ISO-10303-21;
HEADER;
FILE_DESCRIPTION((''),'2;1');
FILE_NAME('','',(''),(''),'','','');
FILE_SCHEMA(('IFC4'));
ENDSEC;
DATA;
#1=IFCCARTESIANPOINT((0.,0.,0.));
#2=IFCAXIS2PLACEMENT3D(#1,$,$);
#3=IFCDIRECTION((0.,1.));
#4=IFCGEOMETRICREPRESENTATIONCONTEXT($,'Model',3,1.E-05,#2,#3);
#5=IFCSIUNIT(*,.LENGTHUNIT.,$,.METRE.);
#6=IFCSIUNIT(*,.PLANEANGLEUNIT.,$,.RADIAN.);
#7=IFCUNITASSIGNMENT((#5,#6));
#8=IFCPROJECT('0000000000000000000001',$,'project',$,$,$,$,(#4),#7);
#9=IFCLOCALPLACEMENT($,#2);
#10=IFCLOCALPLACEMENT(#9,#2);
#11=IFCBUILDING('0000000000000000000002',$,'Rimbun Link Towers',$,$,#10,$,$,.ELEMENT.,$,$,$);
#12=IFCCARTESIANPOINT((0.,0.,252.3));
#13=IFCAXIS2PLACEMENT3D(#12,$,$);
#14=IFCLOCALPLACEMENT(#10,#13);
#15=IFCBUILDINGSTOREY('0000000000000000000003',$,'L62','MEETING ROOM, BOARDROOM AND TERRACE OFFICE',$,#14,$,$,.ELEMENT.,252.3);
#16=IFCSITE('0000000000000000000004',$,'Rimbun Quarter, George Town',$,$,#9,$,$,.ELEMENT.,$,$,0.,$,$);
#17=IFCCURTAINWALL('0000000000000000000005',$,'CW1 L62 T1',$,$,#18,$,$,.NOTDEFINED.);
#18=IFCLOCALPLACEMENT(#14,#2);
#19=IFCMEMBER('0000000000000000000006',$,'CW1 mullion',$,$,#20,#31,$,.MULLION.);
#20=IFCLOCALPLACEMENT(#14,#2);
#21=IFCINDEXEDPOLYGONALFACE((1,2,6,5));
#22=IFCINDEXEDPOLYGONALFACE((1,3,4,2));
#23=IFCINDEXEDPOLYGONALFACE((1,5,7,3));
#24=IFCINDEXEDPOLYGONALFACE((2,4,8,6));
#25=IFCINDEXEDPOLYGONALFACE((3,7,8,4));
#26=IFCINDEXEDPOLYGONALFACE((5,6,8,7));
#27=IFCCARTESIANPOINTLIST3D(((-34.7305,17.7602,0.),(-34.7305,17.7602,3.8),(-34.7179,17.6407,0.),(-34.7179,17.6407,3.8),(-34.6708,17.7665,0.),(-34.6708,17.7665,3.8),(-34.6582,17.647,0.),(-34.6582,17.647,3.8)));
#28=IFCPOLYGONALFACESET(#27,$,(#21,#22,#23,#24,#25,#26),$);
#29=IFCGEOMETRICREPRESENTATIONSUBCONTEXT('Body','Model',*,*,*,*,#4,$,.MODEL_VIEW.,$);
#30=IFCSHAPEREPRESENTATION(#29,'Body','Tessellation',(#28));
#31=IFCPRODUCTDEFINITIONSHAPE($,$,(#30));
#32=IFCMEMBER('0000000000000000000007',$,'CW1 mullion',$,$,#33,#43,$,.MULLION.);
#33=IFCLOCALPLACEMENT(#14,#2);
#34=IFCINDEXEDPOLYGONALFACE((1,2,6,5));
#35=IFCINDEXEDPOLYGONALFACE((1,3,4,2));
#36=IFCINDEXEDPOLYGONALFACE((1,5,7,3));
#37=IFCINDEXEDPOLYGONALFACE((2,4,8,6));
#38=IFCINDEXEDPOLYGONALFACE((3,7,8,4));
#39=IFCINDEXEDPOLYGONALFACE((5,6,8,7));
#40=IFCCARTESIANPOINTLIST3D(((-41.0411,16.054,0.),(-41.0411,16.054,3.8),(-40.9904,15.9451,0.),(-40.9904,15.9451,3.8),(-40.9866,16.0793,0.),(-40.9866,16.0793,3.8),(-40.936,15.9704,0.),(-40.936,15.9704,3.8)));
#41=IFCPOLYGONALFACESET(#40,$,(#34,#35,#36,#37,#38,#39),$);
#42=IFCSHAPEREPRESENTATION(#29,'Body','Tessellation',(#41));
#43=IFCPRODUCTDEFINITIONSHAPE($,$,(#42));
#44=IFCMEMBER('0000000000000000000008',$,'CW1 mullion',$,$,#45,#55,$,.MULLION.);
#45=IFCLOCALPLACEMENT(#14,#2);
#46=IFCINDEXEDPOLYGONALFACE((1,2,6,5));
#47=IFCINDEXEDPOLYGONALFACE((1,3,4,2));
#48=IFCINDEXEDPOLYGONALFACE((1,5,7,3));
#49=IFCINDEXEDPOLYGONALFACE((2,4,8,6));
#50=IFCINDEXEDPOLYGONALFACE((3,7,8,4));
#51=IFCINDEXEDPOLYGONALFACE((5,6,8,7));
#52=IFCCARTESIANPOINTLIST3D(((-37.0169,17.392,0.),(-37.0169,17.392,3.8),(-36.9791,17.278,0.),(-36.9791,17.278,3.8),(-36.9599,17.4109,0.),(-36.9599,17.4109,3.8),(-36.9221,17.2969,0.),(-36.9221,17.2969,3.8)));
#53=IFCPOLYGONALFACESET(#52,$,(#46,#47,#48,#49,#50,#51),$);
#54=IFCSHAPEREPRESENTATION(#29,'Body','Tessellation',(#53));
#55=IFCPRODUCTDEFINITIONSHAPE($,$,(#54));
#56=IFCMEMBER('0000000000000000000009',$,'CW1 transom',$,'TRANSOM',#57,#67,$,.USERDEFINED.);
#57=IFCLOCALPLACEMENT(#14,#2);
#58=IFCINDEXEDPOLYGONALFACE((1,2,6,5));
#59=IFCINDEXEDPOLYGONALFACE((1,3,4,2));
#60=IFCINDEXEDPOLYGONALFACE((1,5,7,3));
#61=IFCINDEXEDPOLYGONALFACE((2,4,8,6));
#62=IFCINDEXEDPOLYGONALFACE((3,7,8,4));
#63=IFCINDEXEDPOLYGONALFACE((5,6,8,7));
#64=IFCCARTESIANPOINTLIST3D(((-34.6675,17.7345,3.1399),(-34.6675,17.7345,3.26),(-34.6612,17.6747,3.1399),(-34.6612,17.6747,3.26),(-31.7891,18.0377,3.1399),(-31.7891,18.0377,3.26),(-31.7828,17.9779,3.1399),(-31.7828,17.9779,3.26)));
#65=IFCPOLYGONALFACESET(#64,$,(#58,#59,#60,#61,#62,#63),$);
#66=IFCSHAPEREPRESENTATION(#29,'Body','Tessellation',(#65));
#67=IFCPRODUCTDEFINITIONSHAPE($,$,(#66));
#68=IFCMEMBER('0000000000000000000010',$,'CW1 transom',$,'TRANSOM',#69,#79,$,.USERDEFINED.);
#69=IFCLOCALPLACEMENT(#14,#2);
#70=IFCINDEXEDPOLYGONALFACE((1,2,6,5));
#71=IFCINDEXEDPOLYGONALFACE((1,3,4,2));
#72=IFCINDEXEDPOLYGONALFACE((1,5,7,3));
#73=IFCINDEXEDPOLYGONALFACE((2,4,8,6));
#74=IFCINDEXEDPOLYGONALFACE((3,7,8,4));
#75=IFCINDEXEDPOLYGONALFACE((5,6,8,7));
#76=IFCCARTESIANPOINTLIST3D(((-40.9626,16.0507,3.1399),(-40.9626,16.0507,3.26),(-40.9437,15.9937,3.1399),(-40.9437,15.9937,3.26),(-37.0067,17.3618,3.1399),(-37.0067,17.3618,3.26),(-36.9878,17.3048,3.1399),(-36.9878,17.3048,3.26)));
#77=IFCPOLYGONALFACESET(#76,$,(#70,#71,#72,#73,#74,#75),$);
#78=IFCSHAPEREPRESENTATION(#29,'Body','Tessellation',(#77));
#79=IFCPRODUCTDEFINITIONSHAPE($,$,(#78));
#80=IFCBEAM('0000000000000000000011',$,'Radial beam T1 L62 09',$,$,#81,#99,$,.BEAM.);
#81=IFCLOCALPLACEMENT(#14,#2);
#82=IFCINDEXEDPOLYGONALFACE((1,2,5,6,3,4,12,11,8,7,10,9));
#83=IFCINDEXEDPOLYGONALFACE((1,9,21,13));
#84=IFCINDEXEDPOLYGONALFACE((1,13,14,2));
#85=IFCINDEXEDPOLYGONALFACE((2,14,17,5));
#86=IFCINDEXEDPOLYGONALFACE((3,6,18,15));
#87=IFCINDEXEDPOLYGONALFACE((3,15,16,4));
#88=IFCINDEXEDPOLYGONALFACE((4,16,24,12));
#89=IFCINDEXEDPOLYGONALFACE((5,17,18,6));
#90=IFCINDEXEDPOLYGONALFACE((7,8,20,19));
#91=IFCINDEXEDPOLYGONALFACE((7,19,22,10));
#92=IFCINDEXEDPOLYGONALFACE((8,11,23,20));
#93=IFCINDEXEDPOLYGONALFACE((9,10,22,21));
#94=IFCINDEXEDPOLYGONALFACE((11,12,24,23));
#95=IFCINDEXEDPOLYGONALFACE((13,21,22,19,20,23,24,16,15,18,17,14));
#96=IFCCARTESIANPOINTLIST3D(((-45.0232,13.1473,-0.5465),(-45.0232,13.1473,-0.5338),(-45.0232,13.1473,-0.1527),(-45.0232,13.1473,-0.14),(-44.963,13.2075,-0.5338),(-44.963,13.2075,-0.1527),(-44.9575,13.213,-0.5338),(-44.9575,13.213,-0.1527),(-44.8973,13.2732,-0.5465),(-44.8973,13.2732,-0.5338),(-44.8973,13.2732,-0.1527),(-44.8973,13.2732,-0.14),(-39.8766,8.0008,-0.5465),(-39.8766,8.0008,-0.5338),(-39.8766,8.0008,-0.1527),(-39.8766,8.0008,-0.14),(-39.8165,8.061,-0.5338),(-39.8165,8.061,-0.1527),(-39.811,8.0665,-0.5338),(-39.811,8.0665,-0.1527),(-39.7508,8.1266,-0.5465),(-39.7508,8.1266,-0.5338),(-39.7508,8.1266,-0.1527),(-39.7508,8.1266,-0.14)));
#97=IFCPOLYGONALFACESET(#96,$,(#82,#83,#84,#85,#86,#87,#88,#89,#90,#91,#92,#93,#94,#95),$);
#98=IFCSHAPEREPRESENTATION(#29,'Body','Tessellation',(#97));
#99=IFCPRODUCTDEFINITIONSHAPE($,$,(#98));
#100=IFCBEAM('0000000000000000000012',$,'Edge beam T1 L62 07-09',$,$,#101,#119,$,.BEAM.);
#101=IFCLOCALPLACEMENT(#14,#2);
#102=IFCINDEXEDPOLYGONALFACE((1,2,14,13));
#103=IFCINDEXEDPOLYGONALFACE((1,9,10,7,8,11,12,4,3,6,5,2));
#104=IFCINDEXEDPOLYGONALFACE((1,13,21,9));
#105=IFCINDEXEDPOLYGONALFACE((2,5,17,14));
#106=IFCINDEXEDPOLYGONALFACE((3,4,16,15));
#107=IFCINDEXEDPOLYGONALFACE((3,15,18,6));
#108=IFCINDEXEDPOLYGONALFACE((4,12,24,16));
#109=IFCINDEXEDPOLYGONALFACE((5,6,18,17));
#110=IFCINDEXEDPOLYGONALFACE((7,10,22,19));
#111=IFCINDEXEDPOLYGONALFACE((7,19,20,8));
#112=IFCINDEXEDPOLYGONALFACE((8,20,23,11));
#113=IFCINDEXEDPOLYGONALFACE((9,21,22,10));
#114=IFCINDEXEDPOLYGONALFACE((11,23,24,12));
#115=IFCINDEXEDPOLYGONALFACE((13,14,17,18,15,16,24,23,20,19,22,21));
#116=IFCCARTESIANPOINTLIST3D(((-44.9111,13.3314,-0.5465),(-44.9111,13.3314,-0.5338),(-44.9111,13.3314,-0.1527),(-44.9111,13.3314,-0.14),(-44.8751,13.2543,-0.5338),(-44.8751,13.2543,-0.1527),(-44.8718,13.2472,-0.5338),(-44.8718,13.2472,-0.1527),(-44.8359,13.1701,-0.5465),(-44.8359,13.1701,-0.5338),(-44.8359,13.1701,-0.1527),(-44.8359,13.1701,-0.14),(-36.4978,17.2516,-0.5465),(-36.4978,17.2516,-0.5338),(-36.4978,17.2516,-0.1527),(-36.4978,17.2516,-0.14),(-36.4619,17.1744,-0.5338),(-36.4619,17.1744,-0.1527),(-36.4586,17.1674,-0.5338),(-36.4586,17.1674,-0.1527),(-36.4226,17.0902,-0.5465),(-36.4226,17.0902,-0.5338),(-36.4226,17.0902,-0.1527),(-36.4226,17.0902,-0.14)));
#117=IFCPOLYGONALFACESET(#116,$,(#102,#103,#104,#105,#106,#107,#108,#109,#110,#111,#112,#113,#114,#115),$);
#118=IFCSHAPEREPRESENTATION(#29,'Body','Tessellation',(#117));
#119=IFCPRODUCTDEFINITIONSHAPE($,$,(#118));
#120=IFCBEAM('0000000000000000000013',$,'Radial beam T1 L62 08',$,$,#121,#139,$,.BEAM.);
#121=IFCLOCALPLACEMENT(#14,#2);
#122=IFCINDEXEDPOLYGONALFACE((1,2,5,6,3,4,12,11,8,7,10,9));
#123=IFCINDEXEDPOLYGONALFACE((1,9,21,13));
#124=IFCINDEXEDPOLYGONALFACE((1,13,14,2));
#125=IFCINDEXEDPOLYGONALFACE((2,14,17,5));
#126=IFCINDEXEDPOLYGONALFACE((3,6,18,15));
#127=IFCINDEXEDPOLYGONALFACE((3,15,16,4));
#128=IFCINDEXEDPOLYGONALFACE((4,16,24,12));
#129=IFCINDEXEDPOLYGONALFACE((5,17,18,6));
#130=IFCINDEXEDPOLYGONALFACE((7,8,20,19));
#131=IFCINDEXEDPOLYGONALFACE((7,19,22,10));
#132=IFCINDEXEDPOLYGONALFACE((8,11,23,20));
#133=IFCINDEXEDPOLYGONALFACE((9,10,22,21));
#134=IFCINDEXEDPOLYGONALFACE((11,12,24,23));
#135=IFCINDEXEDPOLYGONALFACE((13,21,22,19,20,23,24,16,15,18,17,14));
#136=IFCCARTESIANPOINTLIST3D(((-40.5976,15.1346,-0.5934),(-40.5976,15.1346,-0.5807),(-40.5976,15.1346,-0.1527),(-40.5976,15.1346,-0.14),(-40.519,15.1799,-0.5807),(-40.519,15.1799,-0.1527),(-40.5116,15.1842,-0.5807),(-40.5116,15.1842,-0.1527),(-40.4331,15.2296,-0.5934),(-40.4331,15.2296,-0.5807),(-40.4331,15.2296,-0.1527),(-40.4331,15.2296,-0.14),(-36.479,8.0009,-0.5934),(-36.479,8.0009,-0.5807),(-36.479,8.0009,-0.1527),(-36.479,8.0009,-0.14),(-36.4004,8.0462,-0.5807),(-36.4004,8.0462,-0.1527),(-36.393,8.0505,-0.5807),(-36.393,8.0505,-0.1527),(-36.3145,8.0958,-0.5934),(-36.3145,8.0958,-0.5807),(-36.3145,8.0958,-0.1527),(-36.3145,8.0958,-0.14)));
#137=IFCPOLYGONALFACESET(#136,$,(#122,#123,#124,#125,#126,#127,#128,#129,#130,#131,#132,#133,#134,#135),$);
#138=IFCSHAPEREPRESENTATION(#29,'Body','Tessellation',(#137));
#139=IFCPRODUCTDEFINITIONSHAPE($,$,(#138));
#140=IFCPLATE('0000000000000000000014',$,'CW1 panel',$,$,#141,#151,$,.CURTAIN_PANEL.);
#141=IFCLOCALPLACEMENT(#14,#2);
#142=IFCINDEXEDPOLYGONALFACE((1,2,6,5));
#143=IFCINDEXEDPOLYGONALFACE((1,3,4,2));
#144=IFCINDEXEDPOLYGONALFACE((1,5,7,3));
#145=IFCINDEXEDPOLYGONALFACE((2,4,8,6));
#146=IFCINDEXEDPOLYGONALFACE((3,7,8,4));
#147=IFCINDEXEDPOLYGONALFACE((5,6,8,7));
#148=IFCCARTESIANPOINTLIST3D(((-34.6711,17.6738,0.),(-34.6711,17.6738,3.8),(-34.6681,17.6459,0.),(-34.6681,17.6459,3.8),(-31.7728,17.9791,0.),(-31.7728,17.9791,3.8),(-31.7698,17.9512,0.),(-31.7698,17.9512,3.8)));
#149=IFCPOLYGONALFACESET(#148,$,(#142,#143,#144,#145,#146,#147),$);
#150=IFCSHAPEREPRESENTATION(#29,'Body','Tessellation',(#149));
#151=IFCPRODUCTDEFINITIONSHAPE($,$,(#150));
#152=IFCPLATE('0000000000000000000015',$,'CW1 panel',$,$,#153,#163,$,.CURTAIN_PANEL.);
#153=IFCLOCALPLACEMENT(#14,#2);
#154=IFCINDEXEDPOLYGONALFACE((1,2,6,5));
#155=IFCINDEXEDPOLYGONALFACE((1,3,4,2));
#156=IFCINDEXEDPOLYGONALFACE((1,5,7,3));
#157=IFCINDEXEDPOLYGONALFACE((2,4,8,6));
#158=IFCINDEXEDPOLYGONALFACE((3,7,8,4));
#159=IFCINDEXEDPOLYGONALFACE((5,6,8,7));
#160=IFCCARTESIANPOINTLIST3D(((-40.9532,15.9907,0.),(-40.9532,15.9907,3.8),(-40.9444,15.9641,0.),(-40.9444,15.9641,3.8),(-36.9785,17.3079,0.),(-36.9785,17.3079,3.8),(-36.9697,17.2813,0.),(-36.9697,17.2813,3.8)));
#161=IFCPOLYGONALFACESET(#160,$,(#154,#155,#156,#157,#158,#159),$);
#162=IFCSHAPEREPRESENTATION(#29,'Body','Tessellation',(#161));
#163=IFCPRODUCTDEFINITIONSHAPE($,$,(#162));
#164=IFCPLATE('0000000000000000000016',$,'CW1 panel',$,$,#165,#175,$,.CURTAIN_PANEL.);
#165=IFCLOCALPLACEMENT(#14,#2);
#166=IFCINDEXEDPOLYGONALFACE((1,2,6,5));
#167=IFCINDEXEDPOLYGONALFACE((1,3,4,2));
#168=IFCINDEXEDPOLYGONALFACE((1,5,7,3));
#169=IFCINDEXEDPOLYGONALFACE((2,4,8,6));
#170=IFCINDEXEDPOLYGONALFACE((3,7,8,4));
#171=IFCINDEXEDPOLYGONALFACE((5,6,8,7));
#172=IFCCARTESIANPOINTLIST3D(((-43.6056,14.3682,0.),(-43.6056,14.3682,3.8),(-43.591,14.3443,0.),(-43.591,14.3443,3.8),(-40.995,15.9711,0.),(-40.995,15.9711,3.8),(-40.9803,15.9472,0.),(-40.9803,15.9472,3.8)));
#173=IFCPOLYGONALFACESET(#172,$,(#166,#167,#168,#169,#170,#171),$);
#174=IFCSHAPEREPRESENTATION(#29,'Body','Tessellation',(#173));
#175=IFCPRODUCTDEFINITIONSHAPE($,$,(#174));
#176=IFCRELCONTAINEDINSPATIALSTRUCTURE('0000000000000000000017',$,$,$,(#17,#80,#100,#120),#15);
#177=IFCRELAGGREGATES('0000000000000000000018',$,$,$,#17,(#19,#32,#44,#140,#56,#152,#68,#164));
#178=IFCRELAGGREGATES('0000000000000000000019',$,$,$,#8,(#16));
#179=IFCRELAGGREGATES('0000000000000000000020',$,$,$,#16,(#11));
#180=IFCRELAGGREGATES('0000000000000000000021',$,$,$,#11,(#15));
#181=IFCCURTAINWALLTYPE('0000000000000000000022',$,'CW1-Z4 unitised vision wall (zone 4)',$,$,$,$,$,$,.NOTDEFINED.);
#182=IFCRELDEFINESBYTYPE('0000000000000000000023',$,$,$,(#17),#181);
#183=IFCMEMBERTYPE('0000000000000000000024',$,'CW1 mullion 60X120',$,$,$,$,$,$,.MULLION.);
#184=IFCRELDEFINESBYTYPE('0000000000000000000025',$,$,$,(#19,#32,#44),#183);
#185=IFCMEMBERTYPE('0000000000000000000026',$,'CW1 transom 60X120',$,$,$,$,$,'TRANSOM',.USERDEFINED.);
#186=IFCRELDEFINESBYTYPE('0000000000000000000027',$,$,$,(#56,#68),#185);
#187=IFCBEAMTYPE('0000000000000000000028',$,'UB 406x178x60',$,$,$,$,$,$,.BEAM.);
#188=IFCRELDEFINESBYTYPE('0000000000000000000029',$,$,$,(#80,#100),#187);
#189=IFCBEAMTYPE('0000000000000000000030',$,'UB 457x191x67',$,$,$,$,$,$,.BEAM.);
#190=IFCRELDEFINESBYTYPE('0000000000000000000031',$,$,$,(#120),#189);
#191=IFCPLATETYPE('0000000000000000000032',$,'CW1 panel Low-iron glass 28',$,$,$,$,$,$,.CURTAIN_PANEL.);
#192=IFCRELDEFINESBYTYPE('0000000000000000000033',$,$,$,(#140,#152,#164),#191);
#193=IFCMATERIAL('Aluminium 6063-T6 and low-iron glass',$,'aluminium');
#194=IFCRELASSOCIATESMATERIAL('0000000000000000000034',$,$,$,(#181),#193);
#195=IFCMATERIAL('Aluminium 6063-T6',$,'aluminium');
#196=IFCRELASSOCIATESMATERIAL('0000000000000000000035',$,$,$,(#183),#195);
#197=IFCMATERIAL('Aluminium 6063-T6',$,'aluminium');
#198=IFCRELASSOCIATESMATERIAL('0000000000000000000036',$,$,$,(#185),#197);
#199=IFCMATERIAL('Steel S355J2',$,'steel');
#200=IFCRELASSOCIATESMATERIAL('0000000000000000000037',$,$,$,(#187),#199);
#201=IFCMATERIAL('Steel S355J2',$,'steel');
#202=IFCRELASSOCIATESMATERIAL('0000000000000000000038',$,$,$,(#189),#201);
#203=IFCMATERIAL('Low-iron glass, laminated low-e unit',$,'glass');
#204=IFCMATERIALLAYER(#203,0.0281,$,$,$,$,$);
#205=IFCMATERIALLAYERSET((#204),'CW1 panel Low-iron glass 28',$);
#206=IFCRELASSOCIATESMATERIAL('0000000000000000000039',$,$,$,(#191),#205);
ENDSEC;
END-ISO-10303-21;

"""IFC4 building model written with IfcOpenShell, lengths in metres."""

from ifc_helpers import new_model, si_unit, direction, frame, origin, origin_2d, place, context, subcontext, project, spatial, rectangle, i_section, extrude, material, layer, layer_set, material_profile, profile_set, type_object, element, aggregate, save


model = new_model("IFC4")

# Units and contexts
model_context = context("Model", 3, precision=1e-05, world=origin(), true_north=direction((0.0, 1.0)))
body_context = subcontext(model_context, "Body", "Model", "MODEL_VIEW")
ifc_project = project(units=[si_unit("LENGTHUNIT", "METRE"), si_unit("PLANEANGLEUNIT", "RADIAN")], contexts=[model_context])

# Site, building, storey
site_placement = place(None, origin())
site = spatial("IfcSite", under=ifc_project, at=site_placement, Name="Rimbun Quarter, George Town", CompositionType="ELEMENT", RefElevation=0.0)
building_placement = place(site_placement, origin())
building = spatial("IfcBuilding", under=site, at=building_placement, Name="Rimbun Link Towers", CompositionType="ELEMENT")
storey_placement = place(building_placement, frame((0.0, 0.0, 252.3)))
storey = spatial("IfcBuildingStorey", under=building, at=storey_placement, Name="L62", Description="MEETING ROOM, BOARDROOM AND TERRACE OFFICE", CompositionType="ELEMENT", Elevation=252.3)

# Curtain wall, members
ifc_material_1 = material(Name="Aluminium 6063-T6 and low-iron glass", Category="aluminium")
curtain_wall_type = type_object("IfcCurtainWallType", Name="CW1-Z4 unitised vision wall (zone 4)", PredefinedType="NOTDEFINED", material=ifc_material_1)
curtain_wall_placement = place(storey_placement, origin())
curtain_wall = element("IfcCurtainWall", 1, at=curtain_wall_placement, inside=storey, type_object=curtain_wall_type, Name="CW1 L62 T1", PredefinedType="NOTDEFINED")
ifc_material_2 = material(Name="Aluminium 6063-T6", Category="aluminium")
ifc_material_profile_1 = material_profile(ifc_material_2, rectangle(XDim=0.1201, YDim=0.0601, at=origin_2d()), Name="MULLION 60X120")
ifc_profile_set_1 = profile_set([ifc_material_profile_1], Name="Aluminium 6063-T6")
member_type_1 = type_object("IfcMemberType", Name="CW1 mullion 60X120", PredefinedType="MULLION", material=ifc_profile_set_1)
member_1_placement = place(storey_placement, frame((-34.6943, 17.7036, 0.0), z_axis=(0.0, 0.0, 1.0), x_axis=(-0.104732, 0.9945, 0.0)))
member_1 = element("IfcMember", 2, at=member_1_placement, type_object=member_type_1, Name="CW1 mullion", PredefinedType="MULLION", context=body_context, shape_type="SweptSolid", body=[
    extrude(rectangle(XDim=0.1201, YDim=0.0601, at=origin_2d()), origin(), (0.0, 0.0, 1.0), 3.8),
])
member_2_placement = place(storey_placement, frame((-40.9885, 16.0122, 0.0), z_axis=(0.0, 0.0, 1.0), x_axis=(-0.4217, 0.906735, 0.0)))
member_2 = element("IfcMember", 3, at=member_2_placement, type_object=member_type_1, Name="CW1 mullion", PredefinedType="MULLION", context=body_context, shape_type="SweptSolid", body=[
    extrude(rectangle(XDim=0.1201, YDim=0.0601, at=origin_2d()), origin(), (0.0, 0.0, 1.0), 3.8),
])
member_3_placement = place(storey_placement, frame((-36.9695, 17.3445, 0.0), z_axis=(0.0, 0.0, 1.0), x_axis=(-0.314569, 0.949234, 0.0)))
member_3 = element("IfcMember", 4, at=member_3_placement, type_object=member_type_1, Name="CW1 mullion", PredefinedType="MULLION", context=body_context, shape_type="SweptSolid", body=[
    extrude(rectangle(XDim=0.1201, YDim=0.0601, at=origin_2d()), origin(), (0.0, 0.0, 1.0), 3.8),
])
ifc_material_3 = material(Name="Aluminium 6063-T6", Category="aluminium")
ifc_material_profile_2 = material_profile(ifc_material_3, rectangle(XDim=0.0601, YDim=0.1201, at=origin_2d()), Name="TRANSOM 60X120")
ifc_profile_set_2 = profile_set([ifc_material_profile_2], Name="Aluminium 6063-T6")
member_type_2 = type_object("IfcMemberType", Name="CW1 transom 60X120", ElementType="TRANSOM", PredefinedType="USERDEFINED", material=ifc_profile_set_2)
member_4_placement = place(storey_placement, frame((-34.6643, 17.7046, 3.2), z_axis=(0.994497, 0.104764, 0.0), x_axis=(-0.104764, 0.994497, 0.0)))
member_4 = element("IfcMember", 5, at=member_4_placement, type_object=member_type_2, Name="CW1 transom", ObjectType="TRANSOM", PredefinedType="USERDEFINED", context=body_context, shape_type="SweptSolid", body=[
    extrude(rectangle(XDim=0.0601, YDim=0.1201, at=origin_2d()), origin(), (0.0, 0.0, 1.0), 2.8943),
])
member_5_placement = place(storey_placement, frame((-40.9531, 16.0222, 3.2), z_axis=(0.949227, 0.314593, 0.0), x_axis=(-0.314593, 0.949227, 0.0)))
member_5 = element("IfcMember", 6, at=member_5_placement, type_object=member_type_2, Name="CW1 transom", ObjectType="TRANSOM", PredefinedType="USERDEFINED", context=body_context, shape_type="SweptSolid", body=[
    extrude(rectangle(XDim=0.0601, YDim=0.1201, at=origin_2d()), origin(), (0.0, 0.0, 1.0), 4.1675),
])

# Beams
ifc_material_4 = material(Name="Steel S355J2", Category="steel")
ifc_material_profile_3 = material_profile(ifc_material_4, i_section(OverallWidth=0.178, OverallDepth=0.4065, WebThickness=0.0078, FlangeThickness=0.0127, at=origin_2d()), Name="UB 406x178x60")
ifc_profile_set_3 = profile_set([ifc_material_profile_3], Name="Steel S355J2")
beam_type_1 = type_object("IfcBeamType", Name="UB 406x178x60", PredefinedType="BEAM", material=ifc_profile_set_3)
beam_1_placement = place(storey_placement, frame((-39.8137, 8.0637, -0.3433), z_axis=(-0.707107, 0.707107, 0.0), x_axis=(-0.707107, -0.707107, 0.0)))
element("IfcBeam", 7, at=beam_1_placement, inside=storey, type_object=beam_type_1, Name="Radial beam T1 L62 09", PredefinedType="BEAM", context=body_context, shape_type="SweptSolid", body=[
    extrude(i_section(OverallWidth=0.178, OverallDepth=0.4065, WebThickness=0.0078, FlangeThickness=0.0127, at=origin_2d()), origin(), (0.0, 0.0, 1.0), 7.2783),
])
beam_2_placement = place(storey_placement, frame((-36.4602, 17.1709, -0.3433), z_axis=(-0.906433, -0.42235, 0.0), x_axis=(0.42235, -0.906433, 0.0)))
element("IfcBeam", 8, at=beam_2_placement, inside=storey, type_object=beam_type_1, Name="Edge beam T1 L62 07-09", PredefinedType="BEAM", context=body_context, shape_type="SweptSolid", body=[
    extrude(i_section(OverallWidth=0.178, OverallDepth=0.4065, WebThickness=0.0078, FlangeThickness=0.0127, at=origin_2d()), origin(), (0.0, 0.0, 1.0), 9.2817),
])
ifc_material_5 = material(Name="Steel S355J2", Category="steel")
ifc_material_profile_4 = material_profile(ifc_material_5, i_section(OverallWidth=0.1899, OverallDepth=0.4534, WebThickness=0.0085, FlangeThickness=0.0127, at=origin_2d()), Name="UB 457x191x67")
ifc_profile_set_4 = profile_set([ifc_material_profile_4], Name="Steel S355J2")
beam_type_2 = type_object("IfcBeamType", Name="UB 457x191x67", PredefinedType="BEAM", material=ifc_profile_set_4)
beam_3_placement = place(storey_placement, frame((-36.3967, 8.0483, -0.3667), z_axis=(-0.499996, 0.866028, 0.0), x_axis=(-0.866028, -0.499996, 0.0)))
element("IfcBeam", 9, at=beam_3_placement, inside=storey, type_object=beam_type_2, Name="Radial beam T1 L62 08", PredefinedType="BEAM", context=body_context, shape_type="SweptSolid", body=[
    extrude(i_section(OverallWidth=0.1899, OverallDepth=0.4534, WebThickness=0.0085, FlangeThickness=0.0127, at=origin_2d()), origin(), (0.0, 0.0, 1.0), 8.2373),
])

# Plates
ifc_material_6 = material(Name="Low-iron glass, laminated low-e unit", Category="glass")
ifc_layer_1 = layer(ifc_material_6, 0.0281)
ifc_layer_set_1 = layer_set([ifc_layer_1], Name="CW1 panel Low-iron glass 28")
plate_type = type_object("IfcPlateType", Name="CW1 panel Low-iron glass 28", PredefinedType="CURTAIN_PANEL", material=ifc_layer_set_1)
plate_1_placement = place(storey_placement, frame((-33.2205, 17.8125, 0.0), z_axis=(0.0, 0.0, 1.0), x_axis=(0.9945, 0.104732, 0.0)))
plate_1 = element("IfcPlate", 10, at=plate_1_placement, type_object=plate_type, Name="CW1 panel", PredefinedType="CURTAIN_PANEL", context=body_context, shape_type="SweptSolid", body=[
    extrude(rectangle(XDim=2.9143, YDim=0.0281, at=origin_2d()), origin(), (0.0, 0.0, 1.0), 3.8),
])
plate_2_placement = place(storey_placement, frame((-38.9614, 16.636, 0.0), z_axis=(0.0, 0.0, 1.0), x_axis=(0.949234, 0.314569, 0.0)))
plate_2 = element("IfcPlate", 11, at=plate_2_placement, type_object=plate_type, Name="CW1 panel", PredefinedType="CURTAIN_PANEL", context=body_context, shape_type="SweptSolid", body=[
    extrude(rectangle(XDim=4.1873, YDim=0.0281, at=origin_2d()), origin(), (0.0, 0.0, 1.0), 3.8),
])
plate_3_placement = place(storey_placement, frame((-42.293, 15.1577, 0.0), z_axis=(0.0, 0.0, 1.0), x_axis=(0.852192, 0.523229, 0.0)))
plate_3 = element("IfcPlate", 12, at=plate_3_placement, type_object=plate_type, Name="CW1 panel", PredefinedType="CURTAIN_PANEL", context=body_context, shape_type="SweptSolid", body=[
    extrude(rectangle(XDim=3.0635, YDim=0.0281, at=origin_2d()), origin(), (0.0, 0.0, 1.0), 3.8),
])
aggregate(curtain_wall, [member_1, member_2, member_3, plate_1, member_4, plate_2, member_5, plate_3])

save(model, "model.ifc")
